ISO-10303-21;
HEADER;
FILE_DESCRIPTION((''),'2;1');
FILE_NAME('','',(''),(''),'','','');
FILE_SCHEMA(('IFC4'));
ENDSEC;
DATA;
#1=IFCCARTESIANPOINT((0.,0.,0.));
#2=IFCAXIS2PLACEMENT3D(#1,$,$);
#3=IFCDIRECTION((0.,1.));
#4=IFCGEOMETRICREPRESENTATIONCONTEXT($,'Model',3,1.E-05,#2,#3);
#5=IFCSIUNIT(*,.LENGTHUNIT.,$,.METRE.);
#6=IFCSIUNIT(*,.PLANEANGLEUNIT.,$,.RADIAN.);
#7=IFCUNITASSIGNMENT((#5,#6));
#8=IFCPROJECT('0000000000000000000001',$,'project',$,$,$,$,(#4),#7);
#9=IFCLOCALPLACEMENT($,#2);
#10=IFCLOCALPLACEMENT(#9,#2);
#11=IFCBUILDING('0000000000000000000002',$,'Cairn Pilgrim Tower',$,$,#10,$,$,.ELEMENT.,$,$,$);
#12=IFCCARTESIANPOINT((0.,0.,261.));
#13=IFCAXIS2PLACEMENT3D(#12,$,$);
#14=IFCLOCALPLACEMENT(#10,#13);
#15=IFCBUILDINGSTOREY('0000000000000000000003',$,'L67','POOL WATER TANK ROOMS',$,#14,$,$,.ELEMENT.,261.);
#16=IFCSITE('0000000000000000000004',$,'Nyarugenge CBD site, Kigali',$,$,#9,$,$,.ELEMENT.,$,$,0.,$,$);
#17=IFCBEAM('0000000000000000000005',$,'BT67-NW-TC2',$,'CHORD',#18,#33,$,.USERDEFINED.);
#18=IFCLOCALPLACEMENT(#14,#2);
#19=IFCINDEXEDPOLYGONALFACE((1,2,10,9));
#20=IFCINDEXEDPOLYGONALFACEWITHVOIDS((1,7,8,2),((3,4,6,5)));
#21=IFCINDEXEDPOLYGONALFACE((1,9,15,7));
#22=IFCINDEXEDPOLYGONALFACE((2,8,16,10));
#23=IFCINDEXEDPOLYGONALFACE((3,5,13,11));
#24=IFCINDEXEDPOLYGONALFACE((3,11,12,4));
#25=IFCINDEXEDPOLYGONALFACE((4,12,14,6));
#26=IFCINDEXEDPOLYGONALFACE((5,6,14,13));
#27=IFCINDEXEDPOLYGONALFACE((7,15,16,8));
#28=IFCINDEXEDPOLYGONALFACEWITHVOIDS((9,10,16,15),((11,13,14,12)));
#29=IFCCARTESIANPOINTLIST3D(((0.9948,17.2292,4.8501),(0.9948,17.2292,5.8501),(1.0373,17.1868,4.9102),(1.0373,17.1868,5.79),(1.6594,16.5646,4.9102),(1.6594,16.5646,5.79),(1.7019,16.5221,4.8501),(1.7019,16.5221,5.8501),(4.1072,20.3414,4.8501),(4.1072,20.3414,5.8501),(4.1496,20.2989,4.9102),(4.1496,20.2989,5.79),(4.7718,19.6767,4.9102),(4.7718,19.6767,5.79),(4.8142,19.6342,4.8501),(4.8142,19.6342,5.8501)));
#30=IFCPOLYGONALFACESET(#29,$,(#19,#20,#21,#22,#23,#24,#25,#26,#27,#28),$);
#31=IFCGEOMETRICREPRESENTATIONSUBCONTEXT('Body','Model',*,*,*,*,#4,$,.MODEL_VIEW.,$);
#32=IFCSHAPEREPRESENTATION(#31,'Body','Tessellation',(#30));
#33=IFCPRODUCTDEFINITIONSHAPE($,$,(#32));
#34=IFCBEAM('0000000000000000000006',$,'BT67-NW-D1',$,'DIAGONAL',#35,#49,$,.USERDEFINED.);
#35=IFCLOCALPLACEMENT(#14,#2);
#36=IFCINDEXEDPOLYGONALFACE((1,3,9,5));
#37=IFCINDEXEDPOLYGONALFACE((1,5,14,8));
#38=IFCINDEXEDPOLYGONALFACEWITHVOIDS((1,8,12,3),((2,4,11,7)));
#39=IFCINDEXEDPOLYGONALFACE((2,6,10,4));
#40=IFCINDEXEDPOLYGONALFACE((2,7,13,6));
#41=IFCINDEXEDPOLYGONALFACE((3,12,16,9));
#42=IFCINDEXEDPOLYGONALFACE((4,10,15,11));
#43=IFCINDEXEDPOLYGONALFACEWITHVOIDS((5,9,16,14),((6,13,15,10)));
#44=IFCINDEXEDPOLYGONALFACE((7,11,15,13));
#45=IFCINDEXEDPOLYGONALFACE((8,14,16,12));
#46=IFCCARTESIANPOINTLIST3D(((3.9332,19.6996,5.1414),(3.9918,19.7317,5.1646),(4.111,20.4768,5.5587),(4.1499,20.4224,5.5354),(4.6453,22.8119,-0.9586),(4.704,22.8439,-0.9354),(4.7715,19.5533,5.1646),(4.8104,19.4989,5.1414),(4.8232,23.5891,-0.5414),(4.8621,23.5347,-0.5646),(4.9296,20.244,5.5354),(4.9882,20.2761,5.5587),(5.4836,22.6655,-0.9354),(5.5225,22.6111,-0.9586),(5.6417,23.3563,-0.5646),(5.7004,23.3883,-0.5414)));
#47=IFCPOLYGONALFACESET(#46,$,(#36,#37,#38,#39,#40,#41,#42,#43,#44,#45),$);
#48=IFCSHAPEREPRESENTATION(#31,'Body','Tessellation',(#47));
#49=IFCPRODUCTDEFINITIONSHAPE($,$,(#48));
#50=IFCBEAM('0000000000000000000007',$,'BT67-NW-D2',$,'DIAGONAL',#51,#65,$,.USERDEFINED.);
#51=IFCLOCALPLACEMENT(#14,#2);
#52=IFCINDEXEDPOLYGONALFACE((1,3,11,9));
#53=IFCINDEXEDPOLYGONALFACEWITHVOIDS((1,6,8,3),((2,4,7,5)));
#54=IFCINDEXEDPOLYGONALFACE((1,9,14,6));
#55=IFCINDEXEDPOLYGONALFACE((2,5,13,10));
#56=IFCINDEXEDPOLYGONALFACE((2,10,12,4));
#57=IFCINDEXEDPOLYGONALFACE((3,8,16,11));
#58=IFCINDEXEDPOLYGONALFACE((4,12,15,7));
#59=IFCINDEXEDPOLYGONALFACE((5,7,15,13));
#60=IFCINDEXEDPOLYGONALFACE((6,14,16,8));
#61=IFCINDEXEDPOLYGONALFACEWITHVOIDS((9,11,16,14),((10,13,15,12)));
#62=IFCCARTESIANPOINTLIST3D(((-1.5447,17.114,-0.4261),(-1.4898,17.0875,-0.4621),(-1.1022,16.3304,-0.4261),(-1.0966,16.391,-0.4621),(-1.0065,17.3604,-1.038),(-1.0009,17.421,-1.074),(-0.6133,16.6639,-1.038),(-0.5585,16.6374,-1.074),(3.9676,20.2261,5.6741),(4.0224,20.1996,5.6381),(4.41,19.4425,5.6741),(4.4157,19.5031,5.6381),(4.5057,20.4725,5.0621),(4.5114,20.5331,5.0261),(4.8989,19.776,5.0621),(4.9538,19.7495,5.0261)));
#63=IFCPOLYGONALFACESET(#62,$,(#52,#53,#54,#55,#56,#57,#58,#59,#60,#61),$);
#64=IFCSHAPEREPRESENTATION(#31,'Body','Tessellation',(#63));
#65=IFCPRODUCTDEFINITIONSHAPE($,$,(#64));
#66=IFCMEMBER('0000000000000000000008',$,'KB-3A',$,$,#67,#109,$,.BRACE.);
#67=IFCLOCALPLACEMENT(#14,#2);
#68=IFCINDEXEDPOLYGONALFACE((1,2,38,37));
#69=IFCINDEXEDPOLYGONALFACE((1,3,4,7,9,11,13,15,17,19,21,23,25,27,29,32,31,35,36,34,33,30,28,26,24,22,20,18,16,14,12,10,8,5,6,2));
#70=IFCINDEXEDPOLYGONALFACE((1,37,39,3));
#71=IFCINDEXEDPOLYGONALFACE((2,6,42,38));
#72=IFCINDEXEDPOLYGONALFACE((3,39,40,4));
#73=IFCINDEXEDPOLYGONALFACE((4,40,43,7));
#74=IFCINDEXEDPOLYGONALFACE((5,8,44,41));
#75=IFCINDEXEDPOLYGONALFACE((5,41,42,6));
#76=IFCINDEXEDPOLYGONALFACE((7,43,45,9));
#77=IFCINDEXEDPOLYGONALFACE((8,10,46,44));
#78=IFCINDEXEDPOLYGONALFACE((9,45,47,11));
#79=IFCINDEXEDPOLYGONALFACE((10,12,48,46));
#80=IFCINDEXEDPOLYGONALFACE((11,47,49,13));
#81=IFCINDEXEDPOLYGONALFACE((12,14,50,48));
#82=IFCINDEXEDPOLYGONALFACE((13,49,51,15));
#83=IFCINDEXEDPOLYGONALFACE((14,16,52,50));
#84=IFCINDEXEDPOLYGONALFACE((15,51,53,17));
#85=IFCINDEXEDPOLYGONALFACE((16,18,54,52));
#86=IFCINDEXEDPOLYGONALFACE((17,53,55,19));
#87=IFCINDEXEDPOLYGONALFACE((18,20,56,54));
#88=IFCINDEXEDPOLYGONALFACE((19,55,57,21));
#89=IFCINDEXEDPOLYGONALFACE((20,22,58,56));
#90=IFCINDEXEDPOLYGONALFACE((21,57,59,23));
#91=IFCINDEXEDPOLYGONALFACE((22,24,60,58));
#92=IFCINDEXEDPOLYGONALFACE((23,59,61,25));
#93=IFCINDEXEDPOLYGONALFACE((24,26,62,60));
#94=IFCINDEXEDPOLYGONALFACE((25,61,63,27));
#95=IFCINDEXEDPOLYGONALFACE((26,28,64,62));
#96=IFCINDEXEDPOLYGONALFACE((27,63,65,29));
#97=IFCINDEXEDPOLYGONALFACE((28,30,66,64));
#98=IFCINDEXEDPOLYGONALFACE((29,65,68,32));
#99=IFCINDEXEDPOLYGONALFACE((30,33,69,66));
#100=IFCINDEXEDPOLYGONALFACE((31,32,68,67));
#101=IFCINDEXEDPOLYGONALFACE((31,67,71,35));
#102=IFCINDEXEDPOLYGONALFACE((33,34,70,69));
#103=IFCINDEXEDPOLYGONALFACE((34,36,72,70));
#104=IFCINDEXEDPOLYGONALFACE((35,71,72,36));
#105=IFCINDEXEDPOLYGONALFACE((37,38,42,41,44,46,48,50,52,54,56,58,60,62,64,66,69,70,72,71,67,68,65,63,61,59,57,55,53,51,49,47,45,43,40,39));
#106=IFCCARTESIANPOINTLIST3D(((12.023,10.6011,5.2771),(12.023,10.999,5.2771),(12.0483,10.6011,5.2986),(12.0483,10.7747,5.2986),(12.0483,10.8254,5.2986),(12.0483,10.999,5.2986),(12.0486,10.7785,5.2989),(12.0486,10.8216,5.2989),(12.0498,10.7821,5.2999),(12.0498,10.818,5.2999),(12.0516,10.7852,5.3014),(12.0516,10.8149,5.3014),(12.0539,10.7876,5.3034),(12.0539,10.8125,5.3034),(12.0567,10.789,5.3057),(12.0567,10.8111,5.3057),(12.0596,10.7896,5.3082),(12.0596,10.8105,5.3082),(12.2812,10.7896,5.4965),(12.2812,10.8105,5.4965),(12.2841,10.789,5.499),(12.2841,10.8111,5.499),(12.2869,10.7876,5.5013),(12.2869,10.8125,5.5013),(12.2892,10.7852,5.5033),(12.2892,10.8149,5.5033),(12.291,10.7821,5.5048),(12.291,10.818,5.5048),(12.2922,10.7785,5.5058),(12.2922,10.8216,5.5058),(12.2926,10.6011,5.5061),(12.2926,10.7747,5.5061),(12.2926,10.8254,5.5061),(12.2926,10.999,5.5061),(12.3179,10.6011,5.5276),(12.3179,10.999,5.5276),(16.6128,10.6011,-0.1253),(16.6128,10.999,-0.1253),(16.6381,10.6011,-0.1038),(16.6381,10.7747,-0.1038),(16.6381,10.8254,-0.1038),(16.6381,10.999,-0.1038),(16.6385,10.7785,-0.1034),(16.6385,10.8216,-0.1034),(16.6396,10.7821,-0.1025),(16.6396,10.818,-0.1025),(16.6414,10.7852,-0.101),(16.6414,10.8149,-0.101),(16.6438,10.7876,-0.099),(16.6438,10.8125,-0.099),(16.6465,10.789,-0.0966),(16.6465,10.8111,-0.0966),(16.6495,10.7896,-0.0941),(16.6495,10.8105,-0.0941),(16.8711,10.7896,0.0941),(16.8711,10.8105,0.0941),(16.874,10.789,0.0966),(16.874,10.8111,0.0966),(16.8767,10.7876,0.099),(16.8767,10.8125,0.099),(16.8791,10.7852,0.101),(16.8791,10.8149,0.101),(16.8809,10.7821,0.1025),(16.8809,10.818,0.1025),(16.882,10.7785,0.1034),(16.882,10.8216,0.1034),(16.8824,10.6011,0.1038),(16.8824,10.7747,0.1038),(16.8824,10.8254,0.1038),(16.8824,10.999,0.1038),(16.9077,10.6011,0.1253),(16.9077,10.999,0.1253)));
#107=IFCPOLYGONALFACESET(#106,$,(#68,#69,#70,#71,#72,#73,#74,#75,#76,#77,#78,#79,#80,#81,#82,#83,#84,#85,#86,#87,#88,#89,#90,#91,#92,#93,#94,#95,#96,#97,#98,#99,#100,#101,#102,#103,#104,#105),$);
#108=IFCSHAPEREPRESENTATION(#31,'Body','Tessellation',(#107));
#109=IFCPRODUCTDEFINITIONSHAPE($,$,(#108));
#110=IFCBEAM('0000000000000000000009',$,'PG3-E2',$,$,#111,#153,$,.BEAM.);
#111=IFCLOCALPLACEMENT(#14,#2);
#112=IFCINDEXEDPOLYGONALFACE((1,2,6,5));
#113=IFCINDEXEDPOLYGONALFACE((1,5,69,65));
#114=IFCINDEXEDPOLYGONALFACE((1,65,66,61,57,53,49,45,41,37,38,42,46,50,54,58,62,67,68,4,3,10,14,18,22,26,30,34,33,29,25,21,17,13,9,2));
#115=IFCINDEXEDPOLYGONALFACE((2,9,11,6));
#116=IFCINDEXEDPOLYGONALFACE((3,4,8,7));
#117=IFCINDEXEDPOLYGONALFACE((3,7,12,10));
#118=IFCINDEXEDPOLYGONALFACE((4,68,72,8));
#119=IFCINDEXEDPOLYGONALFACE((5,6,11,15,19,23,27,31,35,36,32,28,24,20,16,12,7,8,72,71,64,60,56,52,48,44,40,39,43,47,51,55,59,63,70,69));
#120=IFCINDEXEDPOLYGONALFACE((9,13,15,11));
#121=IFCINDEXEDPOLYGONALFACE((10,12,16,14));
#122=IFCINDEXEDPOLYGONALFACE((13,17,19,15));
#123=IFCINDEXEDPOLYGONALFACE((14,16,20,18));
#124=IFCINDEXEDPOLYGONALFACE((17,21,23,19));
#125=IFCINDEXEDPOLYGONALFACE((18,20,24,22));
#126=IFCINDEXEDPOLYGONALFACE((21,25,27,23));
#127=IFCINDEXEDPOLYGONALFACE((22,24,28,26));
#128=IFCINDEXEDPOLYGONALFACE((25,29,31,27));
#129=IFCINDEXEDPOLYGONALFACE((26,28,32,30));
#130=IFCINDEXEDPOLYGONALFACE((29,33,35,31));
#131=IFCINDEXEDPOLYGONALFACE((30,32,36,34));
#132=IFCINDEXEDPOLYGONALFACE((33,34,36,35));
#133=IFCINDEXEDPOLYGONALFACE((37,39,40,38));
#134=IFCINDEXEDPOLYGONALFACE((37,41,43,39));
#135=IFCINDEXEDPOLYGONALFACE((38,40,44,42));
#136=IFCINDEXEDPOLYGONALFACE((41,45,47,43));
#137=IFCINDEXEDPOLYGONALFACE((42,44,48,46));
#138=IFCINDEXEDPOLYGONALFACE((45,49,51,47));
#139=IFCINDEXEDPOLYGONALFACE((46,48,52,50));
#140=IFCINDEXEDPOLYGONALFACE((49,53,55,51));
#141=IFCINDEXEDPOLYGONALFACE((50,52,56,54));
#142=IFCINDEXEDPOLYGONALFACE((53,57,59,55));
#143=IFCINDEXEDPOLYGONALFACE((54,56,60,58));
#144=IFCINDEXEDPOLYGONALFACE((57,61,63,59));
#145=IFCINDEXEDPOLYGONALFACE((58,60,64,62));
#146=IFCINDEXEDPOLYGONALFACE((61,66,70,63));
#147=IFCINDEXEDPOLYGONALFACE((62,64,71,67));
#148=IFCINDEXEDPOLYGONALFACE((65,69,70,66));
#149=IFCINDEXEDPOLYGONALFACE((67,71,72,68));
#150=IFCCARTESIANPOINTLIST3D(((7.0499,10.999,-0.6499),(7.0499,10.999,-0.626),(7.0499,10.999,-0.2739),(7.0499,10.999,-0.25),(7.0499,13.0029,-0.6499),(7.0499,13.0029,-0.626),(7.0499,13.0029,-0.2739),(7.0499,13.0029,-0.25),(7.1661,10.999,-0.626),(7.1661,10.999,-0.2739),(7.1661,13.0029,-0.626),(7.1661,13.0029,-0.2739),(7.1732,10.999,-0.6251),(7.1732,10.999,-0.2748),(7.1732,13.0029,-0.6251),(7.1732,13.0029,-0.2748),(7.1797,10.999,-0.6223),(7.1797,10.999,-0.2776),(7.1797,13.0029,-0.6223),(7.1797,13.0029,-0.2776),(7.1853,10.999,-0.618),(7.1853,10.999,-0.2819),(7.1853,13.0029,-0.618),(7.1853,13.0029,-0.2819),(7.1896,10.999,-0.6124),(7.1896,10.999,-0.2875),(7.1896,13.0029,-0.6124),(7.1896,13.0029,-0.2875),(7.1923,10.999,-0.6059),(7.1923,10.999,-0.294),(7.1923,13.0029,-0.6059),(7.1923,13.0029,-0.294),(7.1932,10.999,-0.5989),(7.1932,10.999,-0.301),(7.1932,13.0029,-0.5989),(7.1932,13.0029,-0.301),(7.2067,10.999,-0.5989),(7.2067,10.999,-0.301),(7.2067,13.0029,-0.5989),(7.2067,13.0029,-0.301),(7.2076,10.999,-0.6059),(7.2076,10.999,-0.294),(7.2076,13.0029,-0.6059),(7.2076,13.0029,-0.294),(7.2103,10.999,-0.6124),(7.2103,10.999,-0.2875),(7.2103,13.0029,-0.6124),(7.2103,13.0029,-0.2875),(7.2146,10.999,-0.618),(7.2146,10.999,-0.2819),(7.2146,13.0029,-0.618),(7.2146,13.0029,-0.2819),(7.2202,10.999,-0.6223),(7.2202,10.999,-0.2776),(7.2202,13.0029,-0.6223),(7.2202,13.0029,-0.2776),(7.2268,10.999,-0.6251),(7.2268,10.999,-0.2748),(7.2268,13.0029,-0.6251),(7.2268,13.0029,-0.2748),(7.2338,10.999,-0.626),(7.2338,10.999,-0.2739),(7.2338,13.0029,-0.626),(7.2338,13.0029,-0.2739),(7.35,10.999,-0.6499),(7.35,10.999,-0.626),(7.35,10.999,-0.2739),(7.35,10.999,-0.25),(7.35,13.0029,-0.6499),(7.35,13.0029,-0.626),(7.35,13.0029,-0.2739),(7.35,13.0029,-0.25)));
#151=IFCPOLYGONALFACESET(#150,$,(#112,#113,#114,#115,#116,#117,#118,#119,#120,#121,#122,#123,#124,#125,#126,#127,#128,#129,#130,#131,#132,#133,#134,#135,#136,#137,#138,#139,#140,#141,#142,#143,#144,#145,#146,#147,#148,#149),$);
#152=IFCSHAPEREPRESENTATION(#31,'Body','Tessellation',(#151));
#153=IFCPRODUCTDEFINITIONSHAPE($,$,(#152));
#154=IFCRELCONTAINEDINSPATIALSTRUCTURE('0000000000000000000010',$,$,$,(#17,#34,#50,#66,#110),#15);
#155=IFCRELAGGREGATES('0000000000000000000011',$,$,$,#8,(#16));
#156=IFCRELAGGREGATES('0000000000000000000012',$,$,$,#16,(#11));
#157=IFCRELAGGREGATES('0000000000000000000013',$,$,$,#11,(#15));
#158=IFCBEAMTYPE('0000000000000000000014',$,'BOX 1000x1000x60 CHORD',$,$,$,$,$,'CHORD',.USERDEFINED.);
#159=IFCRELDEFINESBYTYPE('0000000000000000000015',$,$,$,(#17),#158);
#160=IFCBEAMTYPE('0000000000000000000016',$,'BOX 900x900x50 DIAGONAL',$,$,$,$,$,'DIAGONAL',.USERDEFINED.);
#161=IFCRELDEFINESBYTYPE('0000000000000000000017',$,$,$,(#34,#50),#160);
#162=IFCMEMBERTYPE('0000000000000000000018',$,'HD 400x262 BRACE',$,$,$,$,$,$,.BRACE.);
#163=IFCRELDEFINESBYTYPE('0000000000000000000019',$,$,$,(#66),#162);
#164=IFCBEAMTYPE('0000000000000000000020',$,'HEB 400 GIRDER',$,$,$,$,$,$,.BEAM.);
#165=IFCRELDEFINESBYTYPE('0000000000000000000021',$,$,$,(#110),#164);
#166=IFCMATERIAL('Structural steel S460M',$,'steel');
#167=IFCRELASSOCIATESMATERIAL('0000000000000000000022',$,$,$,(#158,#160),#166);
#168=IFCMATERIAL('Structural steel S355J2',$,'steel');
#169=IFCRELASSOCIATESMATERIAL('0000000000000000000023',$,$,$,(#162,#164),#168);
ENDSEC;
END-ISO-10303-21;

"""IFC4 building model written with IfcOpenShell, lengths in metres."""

from ifc_helpers import new_model, si_unit, direction, frame, origin, origin_2d, place, context, subcontext, project, spatial, hollow_rectangle, i_section, extrude, material, material_profile, profile_set, type_object, element, save


model = new_model("IFC4")

# Units and contexts
model_context = context("Model", 3, precision=1e-05, world=origin(), true_north=direction((0.0, 1.0)))
body_context = subcontext(model_context, "Body", "Model", "MODEL_VIEW")
ifc_project = project(units=[si_unit("LENGTHUNIT", "METRE"), si_unit("PLANEANGLEUNIT", "RADIAN")], contexts=[model_context])

# Site, building, storey
site_placement = place(None, origin())
site = spatial("IfcSite", under=ifc_project, at=site_placement, Name="Nyarugenge CBD site, Kigali", CompositionType="ELEMENT", RefElevation=0.0)
building_placement = place(site_placement, origin())
building = spatial("IfcBuilding", under=site, at=building_placement, Name="Cairn Pilgrim Tower", CompositionType="ELEMENT")
storey_placement = place(building_placement, frame((0.0, 0.0, 261.0)))
storey = spatial("IfcBuildingStorey", under=building, at=storey_placement, Name="L67", Description="POOL WATER TANK ROOMS", CompositionType="ELEMENT", Elevation=261.0)

# Shared definitions
ifc_material_1 = material(Name="Structural steel S355J2", Category="steel")

# Beams
ifc_material_2 = material(Name="Structural steel S460M", Category="steel")
ifc_material_profile_1 = material_profile(ifc_material_2, hollow_rectangle(XDim=1.0, YDim=1.0, WallThickness=0.0601, at=origin_2d()), Name="BOX 1000x1000x60")
ifc_profile_set_1 = profile_set([ifc_material_profile_1], Name="Structural steel S460M")
beam_type_1 = type_object("IfcBeamType", Name="BOX 1000x1000x60 CHORD", ElementType="CHORD", PredefinedType="USERDEFINED", material=ifc_profile_set_1)
beam_1_placement = place(storey_placement, frame((4.4607, 19.9878, 5.3501), z_axis=(-0.707135, -0.707079, 0.0), x_axis=(0.707079, -0.707135, 0.0)))
element("IfcBeam", 1, at=beam_1_placement, inside=storey, type_object=beam_type_1, Name="BT67-NW-TC2", ObjectType="CHORD", PredefinedType="USERDEFINED", context=body_context, shape_type="SweptSolid", body=[
    extrude(hollow_rectangle(XDim=1.0, YDim=1.0, WallThickness=0.0601, at=origin_2d()), origin(), (0.0, 0.0, 1.0), 4.4014),
])
ifc_material_profile_2 = material_profile(ifc_material_2, hollow_rectangle(XDim=0.8999, YDim=0.8999, WallThickness=0.05, at=origin_2d()), Name="BOX 900x900x50")
ifc_profile_set_2 = profile_set([ifc_material_profile_2], Name="Structural steel S460M")
beam_type_2 = type_object("IfcBeamType", Name="BOX 900x900x50 DIAGONAL", ElementType="DIAGONAL", PredefinedType="USERDEFINED", material=ifc_profile_set_2)
beam_2_placement = place(storey_placement, frame((5.1729, 23.1001, -0.75), z_axis=(-0.103434, -0.452034, 0.885983), x_axis=(0.974806, -0.223055, 0.0)))
element("IfcBeam", 2, at=beam_2_placement, inside=storey, type_object=beam_type_2, Name="BT67-NW-D1", ObjectType="DIAGONAL", PredefinedType="USERDEFINED", context=body_context, shape_type="SweptSolid", body=[
    extrude(hollow_rectangle(XDim=0.8999, YDim=0.8999, WallThickness=0.05, at=origin_2d()), origin(), (0.0, 0.0, 1.0), 6.885),
])
beam_3_placement = place(storey_placement, frame((4.4607, 19.9878, 5.3501), z_axis=(-0.627033, -0.354008, -0.693908), x_axis=(0.491634, -0.870802, 0.0)))
element("IfcBeam", 3, at=beam_3_placement, inside=storey, type_object=beam_type_2, Name="BT67-NW-D2", ObjectType="DIAGONAL", PredefinedType="USERDEFINED", context=body_context, shape_type="SweptSolid", body=[
    extrude(hollow_rectangle(XDim=0.8999, YDim=0.8999, WallThickness=0.05, at=origin_2d()), origin(), (0.0, 0.0, 1.0), 8.791),
])

# Member
ifc_material_profile_3 = material_profile(ifc_material_1, i_section(OverallWidth=0.3979, OverallDepth=0.387, WebThickness=0.021, FlangeThickness=0.0332, FilletRadius=0.0149, at=origin_2d()), Name="HD 400x262")
ifc_profile_set_3 = profile_set([ifc_material_profile_3], Name="Structural steel S355J2")
member_type = type_object("IfcMemberType", Name="HD 400x262 BRACE", PredefinedType="BRACE", material=ifc_profile_set_3)
member_placement = place(storey_placement, frame((16.7603, 10.8, 0.0), z_axis=(-0.647472, 0.0, 0.762089), x_axis=(0.0, -1.0, 0.0)))
element("IfcMember", 4, at=member_placement, inside=storey, type_object=member_type, Name="KB-3A", PredefinedType="BRACE", context=body_context, shape_type="SweptSolid", body=[
    extrude(i_section(OverallWidth=0.3979, OverallDepth=0.387, WebThickness=0.021, FlangeThickness=0.0332, FilletRadius=0.0149, at=origin_2d()), origin(), (0.0, 0.0, 1.0), 7.0889),
])

# Beam
ifc_material_profile_4 = material_profile(ifc_material_1, i_section(OverallWidth=0.3, OverallDepth=0.3999, WebThickness=0.0134, FlangeThickness=0.0239, FilletRadius=0.0271, at=origin_2d()), Name="HEB 400")
ifc_profile_set_4 = profile_set([ifc_material_profile_4], Name="Structural steel S355J2")
beam_type_3 = type_object("IfcBeamType", Name="HEB 400 GIRDER", PredefinedType="BEAM", material=ifc_profile_set_4)
beam_4_placement = place(storey_placement, frame((7.2, 10.999, -0.45), z_axis=(0.0, 1.0, 0.0), x_axis=(-1.0, 0.0, 0.0)))
element("IfcBeam", 5, at=beam_4_placement, inside=storey, type_object=beam_type_3, Name="PG3-E2", PredefinedType="BEAM", context=body_context, shape_type="SweptSolid", body=[
    extrude(i_section(OverallWidth=0.3, OverallDepth=0.3999, WebThickness=0.0134, FlangeThickness=0.0239, FilletRadius=0.0271, at=origin_2d()), origin(), (0.0, 0.0, 1.0), 2.0039),
])

save(model, "model.ifc")
